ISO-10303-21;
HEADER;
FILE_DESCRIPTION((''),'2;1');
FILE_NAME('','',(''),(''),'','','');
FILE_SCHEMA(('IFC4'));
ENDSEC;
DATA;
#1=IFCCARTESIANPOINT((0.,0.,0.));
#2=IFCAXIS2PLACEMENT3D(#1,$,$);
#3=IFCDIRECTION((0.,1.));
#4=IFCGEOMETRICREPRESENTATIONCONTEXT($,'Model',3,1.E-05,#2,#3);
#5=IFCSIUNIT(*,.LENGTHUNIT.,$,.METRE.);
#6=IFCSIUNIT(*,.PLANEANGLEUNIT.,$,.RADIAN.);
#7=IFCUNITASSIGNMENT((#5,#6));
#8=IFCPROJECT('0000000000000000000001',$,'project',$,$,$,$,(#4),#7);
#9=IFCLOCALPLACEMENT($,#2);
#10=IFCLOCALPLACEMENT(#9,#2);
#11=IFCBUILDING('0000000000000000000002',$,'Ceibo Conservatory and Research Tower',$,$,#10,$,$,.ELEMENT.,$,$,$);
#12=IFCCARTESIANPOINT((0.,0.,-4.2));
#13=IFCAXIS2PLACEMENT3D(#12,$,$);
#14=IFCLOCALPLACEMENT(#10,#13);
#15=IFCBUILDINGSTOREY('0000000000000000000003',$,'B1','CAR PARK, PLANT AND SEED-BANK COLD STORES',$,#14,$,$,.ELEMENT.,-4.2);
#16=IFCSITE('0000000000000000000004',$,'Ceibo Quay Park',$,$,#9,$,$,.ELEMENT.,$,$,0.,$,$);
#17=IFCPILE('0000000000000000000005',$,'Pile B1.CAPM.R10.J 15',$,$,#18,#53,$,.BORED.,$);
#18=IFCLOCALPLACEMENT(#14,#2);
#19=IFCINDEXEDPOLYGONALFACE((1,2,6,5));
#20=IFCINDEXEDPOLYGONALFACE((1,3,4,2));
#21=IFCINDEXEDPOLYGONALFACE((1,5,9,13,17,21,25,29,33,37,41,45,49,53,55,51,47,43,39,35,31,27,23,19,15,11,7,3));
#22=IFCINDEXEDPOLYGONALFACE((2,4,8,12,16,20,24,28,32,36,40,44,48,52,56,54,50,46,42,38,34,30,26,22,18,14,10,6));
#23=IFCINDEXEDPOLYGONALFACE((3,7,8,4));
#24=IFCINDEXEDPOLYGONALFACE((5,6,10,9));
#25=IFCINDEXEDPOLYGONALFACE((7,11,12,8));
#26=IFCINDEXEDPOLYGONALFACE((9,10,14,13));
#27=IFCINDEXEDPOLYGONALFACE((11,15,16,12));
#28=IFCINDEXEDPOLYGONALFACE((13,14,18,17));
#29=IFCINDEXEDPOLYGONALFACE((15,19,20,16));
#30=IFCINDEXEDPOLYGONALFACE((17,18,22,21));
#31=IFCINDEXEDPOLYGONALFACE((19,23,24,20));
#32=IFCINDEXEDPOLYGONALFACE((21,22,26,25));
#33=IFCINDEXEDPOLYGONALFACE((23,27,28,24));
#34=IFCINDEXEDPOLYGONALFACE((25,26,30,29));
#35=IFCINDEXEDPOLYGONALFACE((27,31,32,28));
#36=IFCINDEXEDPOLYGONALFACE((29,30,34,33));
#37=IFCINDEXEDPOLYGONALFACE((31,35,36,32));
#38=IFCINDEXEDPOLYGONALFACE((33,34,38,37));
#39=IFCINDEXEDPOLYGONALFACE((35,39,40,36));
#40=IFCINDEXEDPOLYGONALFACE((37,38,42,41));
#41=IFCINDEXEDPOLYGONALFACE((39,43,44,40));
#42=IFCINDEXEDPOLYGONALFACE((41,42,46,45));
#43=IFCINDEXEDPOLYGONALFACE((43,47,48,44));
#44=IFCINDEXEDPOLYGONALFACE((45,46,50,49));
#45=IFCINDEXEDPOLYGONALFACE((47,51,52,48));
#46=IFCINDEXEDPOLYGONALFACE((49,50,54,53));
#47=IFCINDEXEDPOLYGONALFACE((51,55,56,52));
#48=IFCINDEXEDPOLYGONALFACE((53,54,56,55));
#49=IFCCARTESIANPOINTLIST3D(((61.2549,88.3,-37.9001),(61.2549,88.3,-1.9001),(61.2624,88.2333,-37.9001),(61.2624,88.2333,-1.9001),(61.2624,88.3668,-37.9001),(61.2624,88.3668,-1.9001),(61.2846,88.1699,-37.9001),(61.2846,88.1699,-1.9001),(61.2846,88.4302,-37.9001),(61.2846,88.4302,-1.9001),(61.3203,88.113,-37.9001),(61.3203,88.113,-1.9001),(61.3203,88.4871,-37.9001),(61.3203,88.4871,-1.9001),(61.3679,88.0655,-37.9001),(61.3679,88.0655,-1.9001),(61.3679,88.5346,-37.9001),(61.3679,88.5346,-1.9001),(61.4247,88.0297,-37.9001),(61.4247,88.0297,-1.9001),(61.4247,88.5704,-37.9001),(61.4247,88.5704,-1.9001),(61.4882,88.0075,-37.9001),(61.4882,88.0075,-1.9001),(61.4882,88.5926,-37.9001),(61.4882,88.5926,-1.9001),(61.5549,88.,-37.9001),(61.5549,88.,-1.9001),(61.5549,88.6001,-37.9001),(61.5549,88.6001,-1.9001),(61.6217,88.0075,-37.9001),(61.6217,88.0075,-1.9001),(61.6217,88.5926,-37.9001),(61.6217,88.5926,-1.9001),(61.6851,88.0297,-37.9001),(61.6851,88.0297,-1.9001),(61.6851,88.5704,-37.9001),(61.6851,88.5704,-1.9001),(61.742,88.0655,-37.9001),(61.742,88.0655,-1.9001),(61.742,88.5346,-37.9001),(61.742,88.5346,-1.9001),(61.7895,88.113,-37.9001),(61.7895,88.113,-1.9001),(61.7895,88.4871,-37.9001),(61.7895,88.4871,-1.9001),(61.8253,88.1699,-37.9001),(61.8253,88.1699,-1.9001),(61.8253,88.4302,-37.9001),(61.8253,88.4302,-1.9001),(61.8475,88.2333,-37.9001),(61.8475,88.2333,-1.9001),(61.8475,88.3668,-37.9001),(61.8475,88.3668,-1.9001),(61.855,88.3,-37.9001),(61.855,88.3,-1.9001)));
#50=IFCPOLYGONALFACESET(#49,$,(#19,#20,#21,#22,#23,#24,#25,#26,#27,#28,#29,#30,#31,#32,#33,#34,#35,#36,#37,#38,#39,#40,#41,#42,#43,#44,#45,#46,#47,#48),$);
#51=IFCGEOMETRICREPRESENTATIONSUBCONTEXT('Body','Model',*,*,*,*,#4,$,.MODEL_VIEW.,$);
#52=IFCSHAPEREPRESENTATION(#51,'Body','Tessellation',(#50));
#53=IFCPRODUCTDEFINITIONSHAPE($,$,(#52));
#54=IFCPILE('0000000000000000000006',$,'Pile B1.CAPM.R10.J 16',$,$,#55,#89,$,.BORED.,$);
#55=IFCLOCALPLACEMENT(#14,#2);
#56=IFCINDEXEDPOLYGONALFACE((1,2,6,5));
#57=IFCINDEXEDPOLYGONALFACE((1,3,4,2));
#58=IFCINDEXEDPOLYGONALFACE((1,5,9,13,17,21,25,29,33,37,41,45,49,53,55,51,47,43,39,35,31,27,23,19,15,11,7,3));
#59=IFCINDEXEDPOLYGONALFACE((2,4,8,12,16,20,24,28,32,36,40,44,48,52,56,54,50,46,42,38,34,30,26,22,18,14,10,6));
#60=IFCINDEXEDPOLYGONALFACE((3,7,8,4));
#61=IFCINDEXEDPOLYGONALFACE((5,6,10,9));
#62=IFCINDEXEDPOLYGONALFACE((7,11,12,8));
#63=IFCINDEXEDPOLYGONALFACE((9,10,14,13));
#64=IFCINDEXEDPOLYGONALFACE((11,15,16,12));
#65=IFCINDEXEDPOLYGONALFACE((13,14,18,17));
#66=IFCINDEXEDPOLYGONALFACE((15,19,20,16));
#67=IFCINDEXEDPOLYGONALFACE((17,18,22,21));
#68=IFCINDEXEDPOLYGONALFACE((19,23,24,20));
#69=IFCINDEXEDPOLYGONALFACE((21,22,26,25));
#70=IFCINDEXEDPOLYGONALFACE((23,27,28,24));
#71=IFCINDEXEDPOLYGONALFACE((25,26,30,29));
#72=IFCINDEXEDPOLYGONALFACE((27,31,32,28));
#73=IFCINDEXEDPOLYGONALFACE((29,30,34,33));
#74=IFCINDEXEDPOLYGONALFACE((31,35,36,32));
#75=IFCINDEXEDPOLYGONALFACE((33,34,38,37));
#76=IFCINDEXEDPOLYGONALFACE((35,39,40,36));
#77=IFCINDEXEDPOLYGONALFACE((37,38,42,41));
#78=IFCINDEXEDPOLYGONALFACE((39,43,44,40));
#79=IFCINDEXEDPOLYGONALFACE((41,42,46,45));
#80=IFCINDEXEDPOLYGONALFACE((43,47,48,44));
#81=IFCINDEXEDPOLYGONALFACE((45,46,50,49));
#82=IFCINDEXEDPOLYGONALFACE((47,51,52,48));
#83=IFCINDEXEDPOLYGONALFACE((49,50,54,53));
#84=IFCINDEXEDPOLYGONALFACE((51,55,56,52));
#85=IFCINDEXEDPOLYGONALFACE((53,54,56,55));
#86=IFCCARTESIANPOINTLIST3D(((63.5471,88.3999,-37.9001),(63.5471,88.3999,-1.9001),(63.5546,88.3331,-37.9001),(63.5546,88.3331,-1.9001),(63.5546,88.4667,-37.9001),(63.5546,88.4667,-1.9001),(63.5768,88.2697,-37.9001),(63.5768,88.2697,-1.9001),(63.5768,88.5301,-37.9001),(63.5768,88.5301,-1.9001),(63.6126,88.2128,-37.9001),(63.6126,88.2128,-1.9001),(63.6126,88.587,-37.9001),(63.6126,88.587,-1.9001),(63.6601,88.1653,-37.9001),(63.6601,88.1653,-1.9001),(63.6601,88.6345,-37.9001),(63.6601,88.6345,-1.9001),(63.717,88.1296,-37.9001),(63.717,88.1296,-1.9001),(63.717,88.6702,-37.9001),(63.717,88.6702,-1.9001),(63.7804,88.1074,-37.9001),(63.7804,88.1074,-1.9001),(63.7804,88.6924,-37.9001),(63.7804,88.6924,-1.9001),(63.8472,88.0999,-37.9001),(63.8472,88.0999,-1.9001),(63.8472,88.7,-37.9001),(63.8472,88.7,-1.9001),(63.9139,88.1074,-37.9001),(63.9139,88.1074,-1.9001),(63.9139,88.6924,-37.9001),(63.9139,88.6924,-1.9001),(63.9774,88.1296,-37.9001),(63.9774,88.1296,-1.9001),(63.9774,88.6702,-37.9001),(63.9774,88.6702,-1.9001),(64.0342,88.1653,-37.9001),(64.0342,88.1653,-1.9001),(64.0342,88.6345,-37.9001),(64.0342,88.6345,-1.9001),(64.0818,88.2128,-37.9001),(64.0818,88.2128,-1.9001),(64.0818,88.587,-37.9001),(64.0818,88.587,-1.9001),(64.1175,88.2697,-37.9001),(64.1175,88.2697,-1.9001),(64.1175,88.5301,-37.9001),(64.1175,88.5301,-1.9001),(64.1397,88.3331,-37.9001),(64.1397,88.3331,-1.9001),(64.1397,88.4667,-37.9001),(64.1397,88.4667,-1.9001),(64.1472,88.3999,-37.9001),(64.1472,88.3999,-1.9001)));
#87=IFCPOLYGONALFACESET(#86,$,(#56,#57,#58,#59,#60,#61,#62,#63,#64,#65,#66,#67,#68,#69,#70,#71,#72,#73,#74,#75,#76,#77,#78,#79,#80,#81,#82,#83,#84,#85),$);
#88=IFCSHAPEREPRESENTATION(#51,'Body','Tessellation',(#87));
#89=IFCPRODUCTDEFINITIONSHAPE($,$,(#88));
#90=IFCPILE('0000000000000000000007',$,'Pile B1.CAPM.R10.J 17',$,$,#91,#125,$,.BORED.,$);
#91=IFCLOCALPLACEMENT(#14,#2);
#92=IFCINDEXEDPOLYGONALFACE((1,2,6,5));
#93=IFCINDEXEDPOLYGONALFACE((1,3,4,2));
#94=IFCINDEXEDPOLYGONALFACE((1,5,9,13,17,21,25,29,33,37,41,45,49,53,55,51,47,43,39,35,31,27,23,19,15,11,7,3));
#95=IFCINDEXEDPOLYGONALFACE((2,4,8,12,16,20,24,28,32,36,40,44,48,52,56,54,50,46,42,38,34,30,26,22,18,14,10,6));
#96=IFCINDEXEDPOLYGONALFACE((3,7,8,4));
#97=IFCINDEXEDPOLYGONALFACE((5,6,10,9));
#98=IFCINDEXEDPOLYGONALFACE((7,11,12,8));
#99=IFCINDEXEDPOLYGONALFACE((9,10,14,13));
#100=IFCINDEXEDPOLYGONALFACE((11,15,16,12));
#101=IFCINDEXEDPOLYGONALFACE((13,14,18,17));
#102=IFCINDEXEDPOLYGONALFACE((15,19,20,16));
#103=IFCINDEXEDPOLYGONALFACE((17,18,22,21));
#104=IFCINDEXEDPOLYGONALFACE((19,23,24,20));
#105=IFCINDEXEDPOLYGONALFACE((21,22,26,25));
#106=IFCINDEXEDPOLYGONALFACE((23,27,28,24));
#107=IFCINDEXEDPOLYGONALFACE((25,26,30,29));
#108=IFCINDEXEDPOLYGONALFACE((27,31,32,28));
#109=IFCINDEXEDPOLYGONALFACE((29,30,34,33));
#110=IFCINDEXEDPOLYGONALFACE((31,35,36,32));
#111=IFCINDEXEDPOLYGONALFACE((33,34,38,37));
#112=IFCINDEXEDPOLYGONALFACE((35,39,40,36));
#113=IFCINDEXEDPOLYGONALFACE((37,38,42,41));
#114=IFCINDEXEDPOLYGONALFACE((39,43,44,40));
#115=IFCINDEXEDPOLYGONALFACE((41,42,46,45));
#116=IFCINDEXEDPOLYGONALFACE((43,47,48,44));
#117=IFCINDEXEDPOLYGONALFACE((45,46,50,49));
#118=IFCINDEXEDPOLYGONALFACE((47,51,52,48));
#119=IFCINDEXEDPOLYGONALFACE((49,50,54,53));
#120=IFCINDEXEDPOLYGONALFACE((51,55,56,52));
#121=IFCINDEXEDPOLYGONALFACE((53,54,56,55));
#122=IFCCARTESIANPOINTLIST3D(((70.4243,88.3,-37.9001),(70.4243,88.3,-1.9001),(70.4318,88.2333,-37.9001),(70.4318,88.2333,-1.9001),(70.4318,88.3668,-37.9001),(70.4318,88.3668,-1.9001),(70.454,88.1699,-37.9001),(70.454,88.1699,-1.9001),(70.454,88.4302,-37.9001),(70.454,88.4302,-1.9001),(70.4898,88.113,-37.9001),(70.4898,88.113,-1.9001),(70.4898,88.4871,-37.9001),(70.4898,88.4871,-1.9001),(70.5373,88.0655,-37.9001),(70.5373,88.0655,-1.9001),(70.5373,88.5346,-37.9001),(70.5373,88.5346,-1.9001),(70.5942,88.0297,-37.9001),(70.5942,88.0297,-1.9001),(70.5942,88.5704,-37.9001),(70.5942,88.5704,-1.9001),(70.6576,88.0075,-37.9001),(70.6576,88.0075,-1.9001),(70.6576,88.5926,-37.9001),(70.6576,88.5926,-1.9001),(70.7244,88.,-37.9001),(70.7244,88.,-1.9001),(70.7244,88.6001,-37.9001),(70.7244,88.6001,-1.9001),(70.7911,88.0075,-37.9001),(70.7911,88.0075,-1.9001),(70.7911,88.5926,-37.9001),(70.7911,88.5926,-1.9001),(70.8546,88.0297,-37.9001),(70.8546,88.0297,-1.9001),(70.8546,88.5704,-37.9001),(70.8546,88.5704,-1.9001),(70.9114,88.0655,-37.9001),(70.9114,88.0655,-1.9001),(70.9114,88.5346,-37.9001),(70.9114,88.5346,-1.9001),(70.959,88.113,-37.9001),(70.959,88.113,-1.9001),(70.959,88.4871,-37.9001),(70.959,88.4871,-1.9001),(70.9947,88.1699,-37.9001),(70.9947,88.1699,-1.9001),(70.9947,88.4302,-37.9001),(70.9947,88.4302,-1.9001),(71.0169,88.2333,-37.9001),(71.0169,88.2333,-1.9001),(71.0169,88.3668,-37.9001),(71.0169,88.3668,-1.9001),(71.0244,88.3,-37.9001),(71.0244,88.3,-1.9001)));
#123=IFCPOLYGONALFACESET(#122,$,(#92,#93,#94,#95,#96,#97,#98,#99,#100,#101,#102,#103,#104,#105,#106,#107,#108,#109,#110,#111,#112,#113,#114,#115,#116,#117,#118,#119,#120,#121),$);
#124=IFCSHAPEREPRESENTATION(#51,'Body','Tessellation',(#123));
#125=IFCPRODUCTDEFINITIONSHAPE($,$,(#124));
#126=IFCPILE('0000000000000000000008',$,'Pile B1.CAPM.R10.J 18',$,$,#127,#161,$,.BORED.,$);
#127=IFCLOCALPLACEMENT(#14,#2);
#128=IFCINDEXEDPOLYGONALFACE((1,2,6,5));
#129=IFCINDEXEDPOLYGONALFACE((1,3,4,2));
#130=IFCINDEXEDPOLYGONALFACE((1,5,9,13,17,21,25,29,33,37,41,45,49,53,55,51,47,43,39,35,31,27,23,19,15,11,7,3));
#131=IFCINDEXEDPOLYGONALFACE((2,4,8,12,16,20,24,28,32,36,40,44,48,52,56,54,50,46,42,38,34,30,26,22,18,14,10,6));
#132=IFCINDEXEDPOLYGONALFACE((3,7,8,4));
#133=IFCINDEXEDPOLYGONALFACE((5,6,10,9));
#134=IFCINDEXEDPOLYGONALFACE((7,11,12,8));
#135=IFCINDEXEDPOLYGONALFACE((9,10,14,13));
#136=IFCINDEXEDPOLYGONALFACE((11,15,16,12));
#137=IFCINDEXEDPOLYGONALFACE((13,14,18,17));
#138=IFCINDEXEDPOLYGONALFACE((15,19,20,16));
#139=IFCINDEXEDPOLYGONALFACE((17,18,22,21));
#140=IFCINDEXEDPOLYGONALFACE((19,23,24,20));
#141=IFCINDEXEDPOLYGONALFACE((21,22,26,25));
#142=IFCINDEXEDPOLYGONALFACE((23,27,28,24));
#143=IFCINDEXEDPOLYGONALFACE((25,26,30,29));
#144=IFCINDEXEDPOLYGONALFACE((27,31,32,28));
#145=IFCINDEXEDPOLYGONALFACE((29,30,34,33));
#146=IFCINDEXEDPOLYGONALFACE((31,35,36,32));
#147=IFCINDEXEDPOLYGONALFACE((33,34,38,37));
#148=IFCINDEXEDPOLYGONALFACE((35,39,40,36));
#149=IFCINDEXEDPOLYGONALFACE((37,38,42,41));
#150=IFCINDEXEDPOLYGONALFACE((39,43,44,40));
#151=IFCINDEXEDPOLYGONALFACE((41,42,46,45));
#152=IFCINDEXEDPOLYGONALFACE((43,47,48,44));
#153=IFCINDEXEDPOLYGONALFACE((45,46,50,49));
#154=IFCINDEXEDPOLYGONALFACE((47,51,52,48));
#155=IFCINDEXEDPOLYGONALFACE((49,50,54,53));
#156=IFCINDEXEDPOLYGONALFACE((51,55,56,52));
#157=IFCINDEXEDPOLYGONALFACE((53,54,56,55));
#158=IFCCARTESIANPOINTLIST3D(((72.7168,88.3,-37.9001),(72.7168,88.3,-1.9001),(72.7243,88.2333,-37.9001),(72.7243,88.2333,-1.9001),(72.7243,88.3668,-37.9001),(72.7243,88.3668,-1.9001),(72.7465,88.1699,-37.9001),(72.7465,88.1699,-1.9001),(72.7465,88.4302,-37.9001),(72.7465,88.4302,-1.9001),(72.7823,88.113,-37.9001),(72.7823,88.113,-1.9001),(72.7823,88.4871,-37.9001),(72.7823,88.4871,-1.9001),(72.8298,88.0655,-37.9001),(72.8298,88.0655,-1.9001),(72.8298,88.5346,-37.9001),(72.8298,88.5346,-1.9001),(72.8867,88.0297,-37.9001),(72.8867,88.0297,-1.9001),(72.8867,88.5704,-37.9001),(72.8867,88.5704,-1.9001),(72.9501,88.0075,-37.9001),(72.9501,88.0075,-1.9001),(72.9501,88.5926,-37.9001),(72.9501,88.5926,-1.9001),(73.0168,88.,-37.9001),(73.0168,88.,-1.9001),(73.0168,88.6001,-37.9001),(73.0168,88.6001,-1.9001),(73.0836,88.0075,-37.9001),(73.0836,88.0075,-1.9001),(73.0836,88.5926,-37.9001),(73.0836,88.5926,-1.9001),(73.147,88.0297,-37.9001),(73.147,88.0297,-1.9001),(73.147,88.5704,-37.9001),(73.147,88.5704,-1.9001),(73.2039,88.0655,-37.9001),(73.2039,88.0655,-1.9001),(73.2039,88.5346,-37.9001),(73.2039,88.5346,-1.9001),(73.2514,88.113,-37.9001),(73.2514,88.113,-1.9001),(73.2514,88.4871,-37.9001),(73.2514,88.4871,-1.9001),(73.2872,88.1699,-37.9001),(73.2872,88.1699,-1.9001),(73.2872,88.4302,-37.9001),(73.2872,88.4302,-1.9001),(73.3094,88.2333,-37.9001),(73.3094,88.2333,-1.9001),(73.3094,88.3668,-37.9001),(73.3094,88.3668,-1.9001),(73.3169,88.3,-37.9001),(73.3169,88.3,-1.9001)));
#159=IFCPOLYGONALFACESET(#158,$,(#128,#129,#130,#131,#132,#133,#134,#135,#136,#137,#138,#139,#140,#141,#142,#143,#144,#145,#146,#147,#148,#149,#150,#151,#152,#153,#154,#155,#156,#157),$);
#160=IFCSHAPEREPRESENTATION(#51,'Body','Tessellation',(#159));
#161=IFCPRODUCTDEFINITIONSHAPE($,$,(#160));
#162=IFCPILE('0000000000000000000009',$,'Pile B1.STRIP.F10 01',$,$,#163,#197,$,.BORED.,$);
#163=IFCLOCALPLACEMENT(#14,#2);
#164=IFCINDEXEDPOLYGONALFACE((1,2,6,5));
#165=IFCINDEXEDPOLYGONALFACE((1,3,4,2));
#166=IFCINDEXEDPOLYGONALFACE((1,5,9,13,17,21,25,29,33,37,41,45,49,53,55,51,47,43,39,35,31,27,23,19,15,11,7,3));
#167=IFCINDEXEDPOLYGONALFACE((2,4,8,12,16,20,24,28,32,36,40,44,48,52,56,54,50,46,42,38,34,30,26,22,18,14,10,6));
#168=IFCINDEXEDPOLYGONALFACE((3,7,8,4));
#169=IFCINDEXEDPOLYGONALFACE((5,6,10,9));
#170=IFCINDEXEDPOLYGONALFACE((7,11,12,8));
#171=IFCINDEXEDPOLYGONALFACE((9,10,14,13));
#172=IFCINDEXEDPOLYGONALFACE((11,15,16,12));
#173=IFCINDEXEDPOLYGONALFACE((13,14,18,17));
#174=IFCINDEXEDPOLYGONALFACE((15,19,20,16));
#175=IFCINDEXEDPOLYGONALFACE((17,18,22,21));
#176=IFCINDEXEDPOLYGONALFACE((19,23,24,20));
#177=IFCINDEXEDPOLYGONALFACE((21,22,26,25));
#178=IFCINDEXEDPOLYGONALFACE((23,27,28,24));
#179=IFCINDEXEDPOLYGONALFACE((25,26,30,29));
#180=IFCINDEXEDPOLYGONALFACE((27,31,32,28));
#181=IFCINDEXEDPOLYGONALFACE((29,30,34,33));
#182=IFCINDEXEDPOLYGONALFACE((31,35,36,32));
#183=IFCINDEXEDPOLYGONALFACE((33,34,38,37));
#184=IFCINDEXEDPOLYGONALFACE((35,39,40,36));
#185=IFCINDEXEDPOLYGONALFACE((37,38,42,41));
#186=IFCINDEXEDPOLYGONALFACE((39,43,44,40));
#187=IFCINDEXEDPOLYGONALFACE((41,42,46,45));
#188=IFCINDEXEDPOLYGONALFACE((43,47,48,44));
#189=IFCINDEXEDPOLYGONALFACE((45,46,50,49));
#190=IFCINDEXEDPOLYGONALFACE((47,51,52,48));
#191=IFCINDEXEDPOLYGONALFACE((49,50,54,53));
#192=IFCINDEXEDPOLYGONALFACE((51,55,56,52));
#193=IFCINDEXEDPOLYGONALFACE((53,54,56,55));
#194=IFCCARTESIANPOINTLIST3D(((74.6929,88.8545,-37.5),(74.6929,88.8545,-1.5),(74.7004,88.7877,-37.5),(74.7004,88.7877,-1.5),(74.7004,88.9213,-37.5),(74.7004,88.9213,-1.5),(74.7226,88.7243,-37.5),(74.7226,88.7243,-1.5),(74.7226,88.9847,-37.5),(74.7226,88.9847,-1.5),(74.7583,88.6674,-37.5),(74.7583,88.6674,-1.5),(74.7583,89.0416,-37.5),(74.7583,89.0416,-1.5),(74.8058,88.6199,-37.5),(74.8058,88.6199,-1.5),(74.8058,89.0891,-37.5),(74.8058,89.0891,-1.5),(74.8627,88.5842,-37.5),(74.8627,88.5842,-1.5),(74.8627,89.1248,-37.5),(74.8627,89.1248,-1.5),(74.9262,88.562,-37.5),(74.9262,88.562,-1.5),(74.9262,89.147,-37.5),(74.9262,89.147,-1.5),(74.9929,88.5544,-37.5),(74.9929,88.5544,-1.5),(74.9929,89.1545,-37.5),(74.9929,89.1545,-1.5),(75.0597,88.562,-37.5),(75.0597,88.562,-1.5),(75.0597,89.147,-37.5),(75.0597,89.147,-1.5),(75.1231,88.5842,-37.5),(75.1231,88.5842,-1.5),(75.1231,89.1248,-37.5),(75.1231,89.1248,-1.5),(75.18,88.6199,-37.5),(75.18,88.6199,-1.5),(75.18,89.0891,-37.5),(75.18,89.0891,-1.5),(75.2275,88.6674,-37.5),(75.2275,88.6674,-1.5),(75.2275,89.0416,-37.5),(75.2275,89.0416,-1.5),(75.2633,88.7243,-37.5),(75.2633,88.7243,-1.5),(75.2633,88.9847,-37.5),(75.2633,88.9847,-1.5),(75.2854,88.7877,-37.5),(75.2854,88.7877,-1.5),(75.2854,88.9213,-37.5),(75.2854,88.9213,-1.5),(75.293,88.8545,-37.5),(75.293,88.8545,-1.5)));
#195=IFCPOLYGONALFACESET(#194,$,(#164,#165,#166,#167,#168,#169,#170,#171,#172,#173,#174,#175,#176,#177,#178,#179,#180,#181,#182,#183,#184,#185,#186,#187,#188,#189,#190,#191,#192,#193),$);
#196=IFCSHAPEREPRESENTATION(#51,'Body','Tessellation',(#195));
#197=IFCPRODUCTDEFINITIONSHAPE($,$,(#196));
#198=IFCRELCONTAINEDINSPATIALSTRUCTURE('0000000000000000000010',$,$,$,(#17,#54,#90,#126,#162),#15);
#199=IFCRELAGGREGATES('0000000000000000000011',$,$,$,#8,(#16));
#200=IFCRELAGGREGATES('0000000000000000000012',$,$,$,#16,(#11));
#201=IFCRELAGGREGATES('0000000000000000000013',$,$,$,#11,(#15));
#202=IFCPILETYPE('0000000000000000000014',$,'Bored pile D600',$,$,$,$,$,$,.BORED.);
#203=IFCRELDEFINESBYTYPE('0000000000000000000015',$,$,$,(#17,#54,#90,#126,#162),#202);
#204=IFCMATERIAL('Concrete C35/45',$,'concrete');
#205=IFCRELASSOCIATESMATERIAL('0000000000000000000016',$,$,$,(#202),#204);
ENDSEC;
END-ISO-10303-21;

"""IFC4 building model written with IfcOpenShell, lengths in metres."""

from ifc_helpers import new_model, si_unit, direction, frame, origin, origin_2d, place, context, subcontext, project, spatial, circle, extrude, material, material_profile, profile_set, type_object, element, save


model = new_model("IFC4")

# Units and contexts
model_context = context("Model", 3, precision=1e-05, world=origin(), true_north=direction((0.0, 1.0)))
body_context = subcontext(model_context, "Body", "Model", "MODEL_VIEW")
ifc_project = project(units=[si_unit("LENGTHUNIT", "METRE"), si_unit("PLANEANGLEUNIT", "RADIAN")], contexts=[model_context])

# Site, building, storey
site_placement = place(None, origin())
site = spatial("IfcSite", under=ifc_project, at=site_placement, Name="Ceibo Quay Park", CompositionType="ELEMENT", RefElevation=0.0)
building_placement = place(site_placement, origin())
building = spatial("IfcBuilding", under=site, at=building_placement, Name="Ceibo Conservatory and Research Tower", CompositionType="ELEMENT")
storey_placement = place(building_placement, frame((0.0, 0.0, -4.2)))
storey = spatial("IfcBuildingStorey", under=building, at=storey_placement, Name="B1", Description="CAR PARK, PLANT AND SEED-BANK COLD STORES", CompositionType="ELEMENT", Elevation=-4.2)

# Piles
ifc_material_1 = material(Name="Concrete C35/45", Category="concrete")
ifc_material_profile_1 = material_profile(ifc_material_1, circle(Radius=0.3, at=origin_2d()), Name="RC D600")
ifc_profile_set_1 = profile_set([ifc_material_profile_1], Name="Concrete C35/45")
pile_type_1 = type_object("IfcPileType", Name="Bored pile D600", PredefinedType="BORED", material=ifc_profile_set_1)
for number, where, z_axis, x_axis, name in (
    (1, (61.5549, 88.3, -1.9001), (0.0, 0.0, -1.0), (1.0, 0.0, 0.0), "Pile B1.CAPM.R10.J 15"),
    (2, (63.8472, 88.3999, -1.9001), (0.0, 0.0, -1.0), (1.0, 0.0, 0.0), "Pile B1.CAPM.R10.J 16"),
    (3, (70.7244, 88.3, -1.9001), (0.0, 0.0, -1.0), (1.0, 0.0, 0.0), "Pile B1.CAPM.R10.J 17"),
    (4, (73.0168, 88.3, -1.9001), (0.0, 0.0, -1.0), (1.0, 0.0, 0.0), "Pile B1.CAPM.R10.J 18"),
    (5, (74.9929, 88.8545, -1.5), (0.0, 0.0, -1.0), (1.0, 0.0, 0.0), "Pile B1.STRIP.F10 01"),
):
    element("IfcPile", number, at=place(storey_placement, frame(where, z_axis=z_axis, x_axis=x_axis)), inside=storey, type_object=pile_type_1, Name=name, PredefinedType="BORED", context=body_context, shape_type="SweptSolid", body=[
        extrude(circle(Radius=0.3, at=origin_2d()), origin(), (0.0, 0.0, 1.0), 36.0),
    ])

save(model, "model.ifc")
